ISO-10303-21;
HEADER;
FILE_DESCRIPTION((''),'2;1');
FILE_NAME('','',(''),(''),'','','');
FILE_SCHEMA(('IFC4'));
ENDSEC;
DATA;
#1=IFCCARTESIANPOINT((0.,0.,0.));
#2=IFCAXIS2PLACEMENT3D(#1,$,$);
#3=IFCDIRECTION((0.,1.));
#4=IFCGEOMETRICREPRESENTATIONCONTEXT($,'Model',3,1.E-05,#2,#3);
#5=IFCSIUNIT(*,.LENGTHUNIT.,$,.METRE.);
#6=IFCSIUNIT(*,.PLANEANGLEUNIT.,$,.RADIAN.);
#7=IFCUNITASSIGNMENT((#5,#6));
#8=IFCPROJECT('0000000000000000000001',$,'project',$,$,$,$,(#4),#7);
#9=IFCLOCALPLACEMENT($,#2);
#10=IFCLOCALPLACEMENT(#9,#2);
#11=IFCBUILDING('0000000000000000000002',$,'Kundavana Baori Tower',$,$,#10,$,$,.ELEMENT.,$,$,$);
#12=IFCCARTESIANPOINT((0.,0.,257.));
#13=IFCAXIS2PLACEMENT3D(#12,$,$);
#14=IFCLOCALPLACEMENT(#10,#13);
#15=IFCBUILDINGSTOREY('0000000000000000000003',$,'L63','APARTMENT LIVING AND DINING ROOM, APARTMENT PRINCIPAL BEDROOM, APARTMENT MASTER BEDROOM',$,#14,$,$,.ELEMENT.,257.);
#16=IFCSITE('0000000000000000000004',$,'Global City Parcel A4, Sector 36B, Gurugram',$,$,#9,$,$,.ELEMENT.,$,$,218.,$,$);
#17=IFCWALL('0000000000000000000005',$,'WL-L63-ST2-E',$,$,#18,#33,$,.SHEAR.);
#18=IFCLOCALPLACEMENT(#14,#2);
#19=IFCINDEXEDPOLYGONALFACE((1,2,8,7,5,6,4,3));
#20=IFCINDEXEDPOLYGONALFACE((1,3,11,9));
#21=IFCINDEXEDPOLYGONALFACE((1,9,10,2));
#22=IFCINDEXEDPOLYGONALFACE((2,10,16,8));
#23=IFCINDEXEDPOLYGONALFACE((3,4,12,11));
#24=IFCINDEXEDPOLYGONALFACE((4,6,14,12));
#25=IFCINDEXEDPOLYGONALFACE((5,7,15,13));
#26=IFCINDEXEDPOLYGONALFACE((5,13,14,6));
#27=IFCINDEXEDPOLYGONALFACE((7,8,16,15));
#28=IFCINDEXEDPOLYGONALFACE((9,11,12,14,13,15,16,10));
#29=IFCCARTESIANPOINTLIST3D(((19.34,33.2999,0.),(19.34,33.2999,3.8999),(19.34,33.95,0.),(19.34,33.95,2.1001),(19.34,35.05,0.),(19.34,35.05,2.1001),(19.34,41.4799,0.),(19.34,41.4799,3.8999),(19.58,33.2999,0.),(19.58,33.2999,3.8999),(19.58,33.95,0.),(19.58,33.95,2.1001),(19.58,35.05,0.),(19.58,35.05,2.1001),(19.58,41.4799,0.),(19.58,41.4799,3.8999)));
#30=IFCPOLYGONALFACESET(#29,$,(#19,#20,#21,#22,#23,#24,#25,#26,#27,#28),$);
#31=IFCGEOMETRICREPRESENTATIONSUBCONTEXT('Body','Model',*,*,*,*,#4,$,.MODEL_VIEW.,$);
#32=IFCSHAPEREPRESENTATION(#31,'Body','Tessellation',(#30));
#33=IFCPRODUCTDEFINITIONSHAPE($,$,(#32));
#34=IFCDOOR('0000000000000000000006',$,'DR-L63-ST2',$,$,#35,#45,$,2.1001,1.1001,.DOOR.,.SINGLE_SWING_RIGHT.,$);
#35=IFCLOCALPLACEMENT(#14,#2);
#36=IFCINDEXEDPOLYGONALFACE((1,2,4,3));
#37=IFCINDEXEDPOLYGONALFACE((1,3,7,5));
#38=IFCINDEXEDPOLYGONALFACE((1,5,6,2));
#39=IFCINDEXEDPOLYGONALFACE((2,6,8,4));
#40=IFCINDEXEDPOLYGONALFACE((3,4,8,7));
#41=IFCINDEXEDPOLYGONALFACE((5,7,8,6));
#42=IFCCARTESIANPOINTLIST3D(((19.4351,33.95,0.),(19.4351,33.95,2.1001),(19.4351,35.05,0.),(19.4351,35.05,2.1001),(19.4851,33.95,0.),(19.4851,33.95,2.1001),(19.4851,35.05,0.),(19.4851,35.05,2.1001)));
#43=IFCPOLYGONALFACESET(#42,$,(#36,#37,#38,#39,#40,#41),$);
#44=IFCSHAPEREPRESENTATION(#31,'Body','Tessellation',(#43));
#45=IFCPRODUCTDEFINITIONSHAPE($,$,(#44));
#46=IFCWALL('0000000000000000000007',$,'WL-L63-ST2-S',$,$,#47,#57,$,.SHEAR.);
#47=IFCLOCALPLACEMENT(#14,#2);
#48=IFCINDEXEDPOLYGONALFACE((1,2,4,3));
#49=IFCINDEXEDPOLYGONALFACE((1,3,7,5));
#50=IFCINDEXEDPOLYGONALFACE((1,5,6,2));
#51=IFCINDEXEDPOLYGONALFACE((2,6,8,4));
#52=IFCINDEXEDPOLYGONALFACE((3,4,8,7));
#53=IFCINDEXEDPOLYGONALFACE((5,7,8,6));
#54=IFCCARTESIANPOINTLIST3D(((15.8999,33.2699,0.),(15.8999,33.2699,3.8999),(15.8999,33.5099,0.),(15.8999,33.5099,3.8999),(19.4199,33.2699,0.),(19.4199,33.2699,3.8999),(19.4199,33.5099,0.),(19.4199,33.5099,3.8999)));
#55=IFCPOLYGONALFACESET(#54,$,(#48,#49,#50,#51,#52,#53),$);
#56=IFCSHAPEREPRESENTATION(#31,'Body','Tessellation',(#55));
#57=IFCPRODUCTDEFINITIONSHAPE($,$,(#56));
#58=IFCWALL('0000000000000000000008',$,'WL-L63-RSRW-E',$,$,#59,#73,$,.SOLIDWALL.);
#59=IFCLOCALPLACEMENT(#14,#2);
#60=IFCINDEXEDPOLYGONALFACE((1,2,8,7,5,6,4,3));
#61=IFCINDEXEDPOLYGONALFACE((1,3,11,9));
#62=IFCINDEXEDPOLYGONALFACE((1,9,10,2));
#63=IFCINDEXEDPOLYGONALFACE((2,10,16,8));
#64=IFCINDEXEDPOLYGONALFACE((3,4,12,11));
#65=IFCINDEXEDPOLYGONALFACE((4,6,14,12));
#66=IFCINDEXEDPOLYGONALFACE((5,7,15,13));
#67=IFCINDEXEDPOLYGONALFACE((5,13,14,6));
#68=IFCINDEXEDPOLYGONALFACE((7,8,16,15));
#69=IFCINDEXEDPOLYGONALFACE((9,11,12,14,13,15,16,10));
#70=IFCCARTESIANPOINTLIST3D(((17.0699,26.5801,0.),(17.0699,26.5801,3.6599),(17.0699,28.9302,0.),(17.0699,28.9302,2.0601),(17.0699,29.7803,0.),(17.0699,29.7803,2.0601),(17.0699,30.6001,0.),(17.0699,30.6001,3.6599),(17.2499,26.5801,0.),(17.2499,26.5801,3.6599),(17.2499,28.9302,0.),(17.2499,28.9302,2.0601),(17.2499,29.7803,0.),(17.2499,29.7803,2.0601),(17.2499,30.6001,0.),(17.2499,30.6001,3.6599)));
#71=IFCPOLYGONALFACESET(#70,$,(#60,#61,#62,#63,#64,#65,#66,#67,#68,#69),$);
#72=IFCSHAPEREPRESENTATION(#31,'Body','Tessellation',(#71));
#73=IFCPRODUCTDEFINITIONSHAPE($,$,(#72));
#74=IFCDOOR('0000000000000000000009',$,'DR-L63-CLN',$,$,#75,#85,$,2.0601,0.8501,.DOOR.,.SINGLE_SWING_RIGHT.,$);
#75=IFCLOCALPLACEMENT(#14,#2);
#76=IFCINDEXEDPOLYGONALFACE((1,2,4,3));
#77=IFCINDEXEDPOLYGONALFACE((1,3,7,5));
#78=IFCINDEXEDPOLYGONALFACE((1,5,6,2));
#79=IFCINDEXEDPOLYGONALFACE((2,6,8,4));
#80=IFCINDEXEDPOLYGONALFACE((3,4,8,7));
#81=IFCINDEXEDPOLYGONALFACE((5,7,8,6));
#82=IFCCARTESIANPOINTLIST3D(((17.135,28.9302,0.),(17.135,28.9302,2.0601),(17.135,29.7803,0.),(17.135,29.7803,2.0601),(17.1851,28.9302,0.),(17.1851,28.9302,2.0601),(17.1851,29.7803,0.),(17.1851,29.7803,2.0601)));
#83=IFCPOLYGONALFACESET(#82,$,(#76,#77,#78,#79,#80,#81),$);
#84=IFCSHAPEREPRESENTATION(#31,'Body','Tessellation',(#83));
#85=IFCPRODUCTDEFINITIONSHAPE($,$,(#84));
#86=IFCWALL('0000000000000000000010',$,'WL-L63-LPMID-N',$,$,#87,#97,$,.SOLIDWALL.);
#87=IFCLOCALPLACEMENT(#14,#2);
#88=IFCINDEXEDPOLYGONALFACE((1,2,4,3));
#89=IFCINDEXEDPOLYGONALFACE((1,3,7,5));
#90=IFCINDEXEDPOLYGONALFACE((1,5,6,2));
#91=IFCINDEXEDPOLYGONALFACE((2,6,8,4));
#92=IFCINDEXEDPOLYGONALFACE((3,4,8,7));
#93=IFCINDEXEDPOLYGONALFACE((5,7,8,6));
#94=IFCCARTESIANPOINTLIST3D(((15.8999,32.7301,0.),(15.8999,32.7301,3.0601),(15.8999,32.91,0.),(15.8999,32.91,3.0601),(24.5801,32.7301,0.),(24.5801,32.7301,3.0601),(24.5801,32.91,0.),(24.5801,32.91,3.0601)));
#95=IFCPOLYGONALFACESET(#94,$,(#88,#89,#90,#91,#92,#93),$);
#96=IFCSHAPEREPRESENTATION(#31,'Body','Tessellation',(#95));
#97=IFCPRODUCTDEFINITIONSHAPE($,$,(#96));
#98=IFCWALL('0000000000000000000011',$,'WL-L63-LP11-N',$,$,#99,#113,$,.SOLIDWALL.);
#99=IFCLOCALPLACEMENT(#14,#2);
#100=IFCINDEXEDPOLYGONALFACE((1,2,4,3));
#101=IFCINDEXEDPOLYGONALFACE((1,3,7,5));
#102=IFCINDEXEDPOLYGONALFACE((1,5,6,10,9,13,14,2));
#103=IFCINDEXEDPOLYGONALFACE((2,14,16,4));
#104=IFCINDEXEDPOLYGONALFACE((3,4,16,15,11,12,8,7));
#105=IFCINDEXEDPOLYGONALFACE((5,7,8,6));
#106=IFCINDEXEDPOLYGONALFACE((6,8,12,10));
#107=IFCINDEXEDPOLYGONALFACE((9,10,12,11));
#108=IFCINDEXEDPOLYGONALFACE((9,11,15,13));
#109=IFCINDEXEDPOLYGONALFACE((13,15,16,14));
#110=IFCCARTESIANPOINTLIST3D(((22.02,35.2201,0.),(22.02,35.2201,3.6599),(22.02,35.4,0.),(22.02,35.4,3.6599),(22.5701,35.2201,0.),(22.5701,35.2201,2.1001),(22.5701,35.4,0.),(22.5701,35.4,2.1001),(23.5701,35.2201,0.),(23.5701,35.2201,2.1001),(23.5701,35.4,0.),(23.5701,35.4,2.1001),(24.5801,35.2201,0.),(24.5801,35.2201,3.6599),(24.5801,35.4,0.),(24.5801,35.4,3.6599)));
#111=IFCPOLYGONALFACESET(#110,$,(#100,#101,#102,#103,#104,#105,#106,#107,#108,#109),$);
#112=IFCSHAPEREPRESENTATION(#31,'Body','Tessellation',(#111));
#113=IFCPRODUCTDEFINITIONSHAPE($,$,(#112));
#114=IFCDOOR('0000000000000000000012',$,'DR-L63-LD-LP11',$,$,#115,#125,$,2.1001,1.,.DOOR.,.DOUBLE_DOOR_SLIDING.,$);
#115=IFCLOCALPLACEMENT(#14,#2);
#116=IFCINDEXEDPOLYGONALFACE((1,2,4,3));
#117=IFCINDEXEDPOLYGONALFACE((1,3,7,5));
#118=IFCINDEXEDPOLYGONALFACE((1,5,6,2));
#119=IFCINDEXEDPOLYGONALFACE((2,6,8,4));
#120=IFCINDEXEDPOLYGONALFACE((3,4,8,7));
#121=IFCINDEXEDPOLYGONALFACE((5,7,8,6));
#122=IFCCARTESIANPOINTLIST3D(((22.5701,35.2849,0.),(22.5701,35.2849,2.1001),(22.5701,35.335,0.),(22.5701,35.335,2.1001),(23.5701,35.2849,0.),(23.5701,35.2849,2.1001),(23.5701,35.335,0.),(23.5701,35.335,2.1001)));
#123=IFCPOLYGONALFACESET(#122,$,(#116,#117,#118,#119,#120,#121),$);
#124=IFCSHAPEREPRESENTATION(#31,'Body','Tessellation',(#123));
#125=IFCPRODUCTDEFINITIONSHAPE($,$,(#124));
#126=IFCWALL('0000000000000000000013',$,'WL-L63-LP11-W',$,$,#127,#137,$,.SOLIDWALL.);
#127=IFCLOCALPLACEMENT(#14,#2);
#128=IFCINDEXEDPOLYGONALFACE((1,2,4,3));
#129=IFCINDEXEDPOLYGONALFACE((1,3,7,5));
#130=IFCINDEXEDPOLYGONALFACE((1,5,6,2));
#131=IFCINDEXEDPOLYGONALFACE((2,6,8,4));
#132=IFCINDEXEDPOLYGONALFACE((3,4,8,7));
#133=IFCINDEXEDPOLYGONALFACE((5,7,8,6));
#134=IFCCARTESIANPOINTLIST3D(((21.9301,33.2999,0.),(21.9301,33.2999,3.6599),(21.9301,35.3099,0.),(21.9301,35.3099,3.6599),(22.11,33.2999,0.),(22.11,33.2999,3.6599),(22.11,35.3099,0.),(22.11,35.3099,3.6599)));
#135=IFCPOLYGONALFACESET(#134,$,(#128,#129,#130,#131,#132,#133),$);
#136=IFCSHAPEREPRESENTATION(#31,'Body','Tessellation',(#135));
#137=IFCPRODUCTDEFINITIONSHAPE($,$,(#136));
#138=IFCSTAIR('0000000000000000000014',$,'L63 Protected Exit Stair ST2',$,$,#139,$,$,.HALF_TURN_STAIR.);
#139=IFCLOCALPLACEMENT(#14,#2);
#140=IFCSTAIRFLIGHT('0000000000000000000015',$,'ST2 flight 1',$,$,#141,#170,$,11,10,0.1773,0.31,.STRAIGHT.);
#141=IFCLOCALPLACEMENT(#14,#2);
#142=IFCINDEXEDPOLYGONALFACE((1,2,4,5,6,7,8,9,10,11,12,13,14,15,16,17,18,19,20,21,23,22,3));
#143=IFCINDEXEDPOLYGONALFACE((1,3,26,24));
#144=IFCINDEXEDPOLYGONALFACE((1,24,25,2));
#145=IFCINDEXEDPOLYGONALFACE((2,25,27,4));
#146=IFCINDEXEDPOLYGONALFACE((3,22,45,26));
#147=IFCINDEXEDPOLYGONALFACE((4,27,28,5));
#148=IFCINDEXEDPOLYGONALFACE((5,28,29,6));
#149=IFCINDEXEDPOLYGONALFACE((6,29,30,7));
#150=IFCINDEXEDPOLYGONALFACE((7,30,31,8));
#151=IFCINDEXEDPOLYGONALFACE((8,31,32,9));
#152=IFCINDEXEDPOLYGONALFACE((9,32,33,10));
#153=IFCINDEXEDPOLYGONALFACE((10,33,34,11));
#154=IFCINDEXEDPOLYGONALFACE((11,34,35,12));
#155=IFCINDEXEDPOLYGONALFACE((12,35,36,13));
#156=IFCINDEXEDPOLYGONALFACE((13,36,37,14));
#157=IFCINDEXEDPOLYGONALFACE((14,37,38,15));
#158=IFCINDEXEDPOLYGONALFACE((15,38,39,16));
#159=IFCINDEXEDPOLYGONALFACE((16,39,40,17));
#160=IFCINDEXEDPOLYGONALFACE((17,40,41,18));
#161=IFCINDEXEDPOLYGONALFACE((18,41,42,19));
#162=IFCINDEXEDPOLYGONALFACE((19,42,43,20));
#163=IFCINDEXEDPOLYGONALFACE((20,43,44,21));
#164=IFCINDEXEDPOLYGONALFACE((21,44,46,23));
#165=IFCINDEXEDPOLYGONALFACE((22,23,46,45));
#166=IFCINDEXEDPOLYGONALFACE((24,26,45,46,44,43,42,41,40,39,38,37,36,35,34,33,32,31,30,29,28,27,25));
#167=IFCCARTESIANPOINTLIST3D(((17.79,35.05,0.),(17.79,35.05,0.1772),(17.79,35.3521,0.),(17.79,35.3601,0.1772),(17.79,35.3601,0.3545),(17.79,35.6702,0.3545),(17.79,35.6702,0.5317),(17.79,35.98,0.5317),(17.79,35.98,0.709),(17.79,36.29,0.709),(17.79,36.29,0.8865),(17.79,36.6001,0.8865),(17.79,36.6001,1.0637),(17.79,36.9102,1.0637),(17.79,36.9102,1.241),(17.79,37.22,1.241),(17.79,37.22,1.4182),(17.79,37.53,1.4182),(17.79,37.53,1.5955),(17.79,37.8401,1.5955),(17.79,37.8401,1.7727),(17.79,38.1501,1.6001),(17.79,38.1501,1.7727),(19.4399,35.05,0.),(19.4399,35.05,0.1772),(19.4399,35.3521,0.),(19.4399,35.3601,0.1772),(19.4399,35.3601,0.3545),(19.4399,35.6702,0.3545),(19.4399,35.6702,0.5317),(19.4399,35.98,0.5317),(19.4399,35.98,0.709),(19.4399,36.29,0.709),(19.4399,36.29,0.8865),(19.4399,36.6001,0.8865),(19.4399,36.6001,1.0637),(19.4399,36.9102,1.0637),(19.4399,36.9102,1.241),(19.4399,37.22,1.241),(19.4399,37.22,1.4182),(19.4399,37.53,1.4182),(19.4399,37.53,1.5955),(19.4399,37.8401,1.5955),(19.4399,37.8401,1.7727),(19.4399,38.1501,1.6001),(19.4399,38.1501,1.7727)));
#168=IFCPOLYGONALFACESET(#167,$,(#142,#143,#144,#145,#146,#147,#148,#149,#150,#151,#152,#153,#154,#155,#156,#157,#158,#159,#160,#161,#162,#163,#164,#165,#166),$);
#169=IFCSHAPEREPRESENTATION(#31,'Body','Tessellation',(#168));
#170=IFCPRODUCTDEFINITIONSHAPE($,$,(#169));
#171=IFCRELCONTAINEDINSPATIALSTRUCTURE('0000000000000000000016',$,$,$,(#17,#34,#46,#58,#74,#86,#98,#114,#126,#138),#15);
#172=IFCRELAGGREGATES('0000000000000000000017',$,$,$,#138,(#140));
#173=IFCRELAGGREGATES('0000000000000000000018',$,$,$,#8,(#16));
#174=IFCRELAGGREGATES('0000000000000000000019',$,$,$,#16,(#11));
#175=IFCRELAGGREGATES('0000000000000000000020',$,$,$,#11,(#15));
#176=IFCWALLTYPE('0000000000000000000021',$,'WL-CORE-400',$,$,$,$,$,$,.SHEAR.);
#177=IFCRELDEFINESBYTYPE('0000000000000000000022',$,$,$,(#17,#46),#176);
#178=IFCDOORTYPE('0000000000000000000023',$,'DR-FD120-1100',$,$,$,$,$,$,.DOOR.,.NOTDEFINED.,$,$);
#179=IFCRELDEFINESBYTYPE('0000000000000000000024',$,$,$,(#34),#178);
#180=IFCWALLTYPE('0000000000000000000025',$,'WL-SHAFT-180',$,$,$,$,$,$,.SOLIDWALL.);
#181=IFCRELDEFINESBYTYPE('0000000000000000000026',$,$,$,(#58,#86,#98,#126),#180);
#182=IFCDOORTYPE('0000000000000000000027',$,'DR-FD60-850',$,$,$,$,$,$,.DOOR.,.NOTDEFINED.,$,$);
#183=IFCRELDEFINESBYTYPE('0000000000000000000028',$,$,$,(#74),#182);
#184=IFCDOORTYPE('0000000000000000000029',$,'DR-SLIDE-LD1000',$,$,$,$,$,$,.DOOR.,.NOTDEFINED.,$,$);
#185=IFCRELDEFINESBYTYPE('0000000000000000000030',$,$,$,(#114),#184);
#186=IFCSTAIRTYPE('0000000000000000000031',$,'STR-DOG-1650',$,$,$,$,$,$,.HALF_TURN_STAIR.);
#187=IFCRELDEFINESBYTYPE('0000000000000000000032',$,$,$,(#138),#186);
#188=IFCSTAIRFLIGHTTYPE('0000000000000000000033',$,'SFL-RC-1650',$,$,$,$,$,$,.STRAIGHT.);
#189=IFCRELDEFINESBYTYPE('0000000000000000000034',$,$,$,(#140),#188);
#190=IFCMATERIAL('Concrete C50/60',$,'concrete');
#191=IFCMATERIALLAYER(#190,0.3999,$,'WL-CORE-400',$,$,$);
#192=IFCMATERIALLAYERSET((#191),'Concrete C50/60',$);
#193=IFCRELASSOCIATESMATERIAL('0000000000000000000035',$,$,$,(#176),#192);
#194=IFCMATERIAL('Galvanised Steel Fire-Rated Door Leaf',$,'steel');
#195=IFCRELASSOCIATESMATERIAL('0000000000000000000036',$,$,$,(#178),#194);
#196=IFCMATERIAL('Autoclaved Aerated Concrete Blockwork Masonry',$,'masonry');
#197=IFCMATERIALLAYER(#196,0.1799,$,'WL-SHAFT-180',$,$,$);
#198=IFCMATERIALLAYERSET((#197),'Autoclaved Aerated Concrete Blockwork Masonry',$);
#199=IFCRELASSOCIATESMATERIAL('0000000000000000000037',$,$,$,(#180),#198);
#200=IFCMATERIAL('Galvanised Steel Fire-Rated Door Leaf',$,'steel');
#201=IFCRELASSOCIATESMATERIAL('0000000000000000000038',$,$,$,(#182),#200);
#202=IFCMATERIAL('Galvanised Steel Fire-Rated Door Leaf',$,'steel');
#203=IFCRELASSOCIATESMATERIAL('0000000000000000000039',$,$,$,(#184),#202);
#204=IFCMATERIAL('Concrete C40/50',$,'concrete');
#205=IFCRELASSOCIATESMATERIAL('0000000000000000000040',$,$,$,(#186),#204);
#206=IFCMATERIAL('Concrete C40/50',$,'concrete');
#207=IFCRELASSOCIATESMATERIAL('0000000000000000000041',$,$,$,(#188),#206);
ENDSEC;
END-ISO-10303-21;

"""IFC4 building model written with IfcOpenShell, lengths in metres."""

from ifc_helpers import new_model, si_unit, direction, frame, frame_2d, origin, place, context, subcontext, project, spatial, polyline, rectangle, outline, extrude, material, layer, layer_set, type_object, element, fill, aggregate, save


model = new_model("IFC4")

# Units and contexts
model_context = context("Model", 3, precision=1e-05, world=origin(), true_north=direction((0.0, 1.0)))
body_context = subcontext(model_context, "Body", "Model", "MODEL_VIEW")
ifc_project = project(units=[si_unit("LENGTHUNIT", "METRE"), si_unit("PLANEANGLEUNIT", "RADIAN")], contexts=[model_context])

# Site, building, storey
site_placement = place(None, origin())
site = spatial("IfcSite", under=ifc_project, at=site_placement, Name="Global City Parcel A4, Sector 36B, Gurugram", CompositionType="ELEMENT", RefElevation=218.0)
building_placement = place(site_placement, origin())
building = spatial("IfcBuilding", under=site, at=building_placement, Name="Kundavana Baori Tower", CompositionType="ELEMENT")
storey_placement = place(building_placement, frame((0.0, 0.0, 257.0)))
storey = spatial("IfcBuildingStorey", under=building, at=storey_placement, Name="L63", Description="APARTMENT LIVING AND DINING ROOM, APARTMENT PRINCIPAL BEDROOM, APARTMENT MASTER BEDROOM", CompositionType="ELEMENT", Elevation=257.0)

# Wall, opening, door
ifc_material_1 = material(Name="Concrete C50/60", Category="concrete")
ifc_layer_1 = layer(ifc_material_1, 0.3999, Name="WL-CORE-400")
ifc_layer_set_1 = layer_set([ifc_layer_1], Name="Concrete C50/60")
wall_type_1 = type_object("IfcWallType", Name="WL-CORE-400", PredefinedType="SHEAR", material=ifc_layer_set_1)
wall_1_placement = place(storey_placement, frame((19.46, 33.3, 0.0), z_axis=(0.0, 0.0, 1.0), x_axis=(0.0, 1.0, 0.0)))
wall_1 = element("IfcWall", 1, at=wall_1_placement, inside=storey, type_object=wall_type_1, Name="WL-L63-ST2-E", PredefinedType="SHEAR", context=body_context, shape_type="SweptSolid", body=[
    extrude(rectangle(XDim=8.1799, YDim=0.24, at=frame_2d((4.0898, 0.0))), origin(), (0.0, 0.0, 1.0), 3.8999),
])
opening_1_placement = place(wall_1_placement, frame((0.6499, 0.0, 0.0)))
opening_1 = element("IfcOpeningElement", 2, at=opening_1_placement, cuts=wall_1, PredefinedType="OPENING", context=body_context, shape_type="SweptSolid", body=[
    extrude(rectangle(XDim=1.1001, YDim=2.1001, at=frame_2d((0.55, 1.05))), frame((0.0, 0.1299, 0.0), z_axis=(0.0, -1.0, 0.0), x_axis=(1.0, 0.0, 0.0)), (0.0, 0.0, 1.0), 0.26),
])
ifc_material_2 = material(Name="Galvanised Steel Fire-Rated Door Leaf", Category="steel")
door_type_1 = type_object("IfcDoorType", Name="DR-FD120-1100", OperationType="NOTDEFINED", PredefinedType="DOOR", material=ifc_material_2)
door_1_placement = place(opening_1_placement, origin())
door_1 = element("IfcDoor", 3, at=door_1_placement, inside=storey, type_object=door_type_1, Name="DR-L63-ST2", OperationType="SINGLE_SWING_RIGHT", OverallHeight=2.1001, OverallWidth=1.1001, PredefinedType="DOOR", context=body_context, shape_type="SweptSolid", body=[
    extrude(rectangle(XDim=1.1001, YDim=2.1001, at=frame_2d((0.55, 1.05))), frame((0.0, 0.0249, 0.0), z_axis=(0.0, -1.0, 0.0), x_axis=(1.0, 0.0, 0.0)), (0.0, 0.0, 1.0), 0.05),
])
fill(opening_1, door_1)

# Wall
wall_2_placement = place(storey_placement, frame((15.8999, 33.3899, 0.0), z_axis=(0.0, 0.0, 1.0), x_axis=(1.0, 0.0, 0.0)))
element("IfcWall", 4, at=wall_2_placement, inside=storey, type_object=wall_type_1, Name="WL-L63-ST2-S", PredefinedType="SHEAR", context=body_context, shape_type="SweptSolid", body=[
    extrude(rectangle(XDim=3.52, YDim=0.24, at=frame_2d((1.76, 0.0))), origin(), (0.0, 0.0, 1.0), 3.8999),
])

# Wall, opening, door
ifc_material_3 = material(Name="Autoclaved Aerated Concrete Blockwork Masonry", Category="masonry")
ifc_layer_2 = layer(ifc_material_3, 0.1799, Name="WL-SHAFT-180")
ifc_layer_set_2 = layer_set([ifc_layer_2], Name="Autoclaved Aerated Concrete Blockwork Masonry")
wall_type_2 = type_object("IfcWallType", Name="WL-SHAFT-180", PredefinedType="SOLIDWALL", material=ifc_layer_set_2)
wall_3_placement = place(storey_placement, frame((17.1599, 26.5801, 0.0), z_axis=(0.0, 0.0, 1.0), x_axis=(0.0, 1.0, 0.0)))
wall_3 = element("IfcWall", 5, at=wall_3_placement, inside=storey, type_object=wall_type_2, Name="WL-L63-RSRW-E", PredefinedType="SOLIDWALL", context=body_context, shape_type="SweptSolid", body=[
    extrude(rectangle(XDim=4.02, YDim=0.1799, at=frame_2d((2.01, 0.0))), origin(), (0.0, 0.0, 1.0), 3.6599),
])
opening_2_placement = place(wall_3_placement, frame((2.3501, 0.0, 0.0)))
opening_2 = element("IfcOpeningElement", 6, at=opening_2_placement, cuts=wall_3, PredefinedType="OPENING", context=body_context, shape_type="SweptSolid", body=[
    extrude(rectangle(XDim=0.8501, YDim=2.0601, at=frame_2d((0.425, 1.03))), frame((0.0, 0.1001, 0.0), z_axis=(0.0, -1.0, 0.0), x_axis=(1.0, 0.0, 0.0)), (0.0, 0.0, 1.0), 0.2),
])
ifc_material_4 = material(Name="Galvanised Steel Fire-Rated Door Leaf", Category="steel")
door_type_2 = type_object("IfcDoorType", Name="DR-FD60-850", OperationType="NOTDEFINED", PredefinedType="DOOR", material=ifc_material_4)
door_2_placement = place(opening_2_placement, origin())
door_2 = element("IfcDoor", 7, at=door_2_placement, inside=storey, type_object=door_type_2, Name="DR-L63-CLN", OperationType="SINGLE_SWING_RIGHT", OverallHeight=2.0601, OverallWidth=0.8501, PredefinedType="DOOR", context=body_context, shape_type="SweptSolid", body=[
    extrude(rectangle(XDim=0.8501, YDim=2.0601, at=frame_2d((0.425, 1.03))), frame((0.0, 0.0249, 0.0), z_axis=(0.0, -1.0, 0.0), x_axis=(1.0, 0.0, 0.0)), (0.0, 0.0, 1.0), 0.05),
])
fill(opening_2, door_2)

# Wall
wall_4_placement = place(storey_placement, frame((15.8999, 32.8201, 0.0), z_axis=(0.0, 0.0, 1.0), x_axis=(1.0, 0.0, 0.0)))
element("IfcWall", 8, at=wall_4_placement, inside=storey, type_object=wall_type_2, Name="WL-L63-LPMID-N", PredefinedType="SOLIDWALL", context=body_context, shape_type="SweptSolid", body=[
    extrude(rectangle(XDim=8.6802, YDim=0.1799, at=frame_2d((4.3401, 0.0))), origin(), (0.0, 0.0, 1.0), 3.0601),
])

# Wall, opening, door
wall_5_placement = place(storey_placement, frame((22.02, 35.3101, 0.0), z_axis=(0.0, 0.0, 1.0), x_axis=(1.0, 0.0, 0.0)))
wall_5 = element("IfcWall", 9, at=wall_5_placement, inside=storey, type_object=wall_type_2, Name="WL-L63-LP11-N", PredefinedType="SOLIDWALL", context=body_context, shape_type="SweptSolid", body=[
    extrude(rectangle(XDim=2.5601, YDim=0.1799, at=frame_2d((1.28, 0.0))), origin(), (0.0, 0.0, 1.0), 3.6599),
])
opening_3_placement = place(wall_5_placement, frame((0.55, 0.0, 0.0)))
opening_3 = element("IfcOpeningElement", 10, at=opening_3_placement, cuts=wall_5, PredefinedType="OPENING", context=body_context, shape_type="SweptSolid", body=[
    extrude(rectangle(XDim=1.0, YDim=2.1001, at=frame_2d((0.5, 1.05))), frame((0.0, 0.1001, 0.0), z_axis=(0.0, -1.0, 0.0), x_axis=(1.0, 0.0, 0.0)), (0.0, 0.0, 1.0), 0.2),
])
ifc_material_5 = material(Name="Galvanised Steel Fire-Rated Door Leaf", Category="steel")
door_type_3 = type_object("IfcDoorType", Name="DR-SLIDE-LD1000", OperationType="NOTDEFINED", PredefinedType="DOOR", material=ifc_material_5)
door_3_placement = place(opening_3_placement, origin())
door_3 = element("IfcDoor", 11, at=door_3_placement, inside=storey, type_object=door_type_3, Name="DR-L63-LD-LP11", OperationType="DOUBLE_DOOR_SLIDING", OverallHeight=2.1001, OverallWidth=1.0, PredefinedType="DOOR", context=body_context, shape_type="SweptSolid", body=[
    extrude(rectangle(XDim=1.0, YDim=2.1001, at=frame_2d((0.5, 1.05))), frame((0.0, 0.0249, 0.0), z_axis=(0.0, -1.0, 0.0), x_axis=(1.0, 0.0, 0.0)), (0.0, 0.0, 1.0), 0.05),
])
fill(opening_3, door_3)

# Wall
wall_6_placement = place(storey_placement, frame((22.02, 33.3, 0.0), z_axis=(0.0, 0.0, 1.0), x_axis=(0.0, 1.0, 0.0)))
element("IfcWall", 12, at=wall_6_placement, inside=storey, type_object=wall_type_2, Name="WL-L63-LP11-W", PredefinedType="SOLIDWALL", context=body_context, shape_type="SweptSolid", body=[
    extrude(rectangle(XDim=2.01, YDim=0.1799, at=frame_2d((1.0049, 0.0))), origin(), (0.0, 0.0, 1.0), 3.6599),
])

# Stair, stair flight
ifc_material_6 = material(Name="Concrete C40/50", Category="concrete")
stair_type = type_object("IfcStairType", Name="STR-DOG-1650", PredefinedType="HALF_TURN_STAIR", material=ifc_material_6)
stair_placement = place(storey_placement, origin())
stair = element("IfcStair", 13, at=stair_placement, inside=storey, type_object=stair_type, Name="L63 Protected Exit Stair ST2", PredefinedType="HALF_TURN_STAIR")
ifc_material_7 = material(Name="Concrete C40/50", Category="concrete")
stair_flight_type = type_object("IfcStairFlightType", Name="SFL-RC-1650", PredefinedType="STRAIGHT", material=ifc_material_7)
stair_flight_placement = place(storey_placement, frame((18.615, 35.05, 0.0), z_axis=(0.0, 0.0, 1.0), x_axis=(0.0, 1.0, 0.0)))
stair_flight = element("IfcStairFlight", 14, at=stair_flight_placement, type_object=stair_flight_type, Name="ST2 flight 1", NumberOfRisers=11, NumberOfTreads=10, PredefinedType="STRAIGHT", RiserHeight=0.1773, TreadLength=0.31, context=body_context, shape_type="SweptSolid", body=[
    extrude(outline(polyline([(0.0, 0.0), (0.0, 0.1772), (0.3101, 0.1772), (0.3101, 0.3545), (0.6201, 0.3545), (0.6201, 0.5317), (0.9299, 0.5317), (0.9299, 0.709), (1.24, 0.709), (1.24, 0.8865), (1.55, 0.8865), (1.55, 1.0637), (1.8601, 1.0637), (1.8601, 1.241), (2.1699, 1.241), (2.1699, 1.4182), (2.48, 1.4182), (2.48, 1.5955), (2.79, 1.5955), (2.79, 1.7727), (3.1001, 1.7727), (3.1001, 1.95), (3.1001, 1.6001), (0.302, 0.0), (0.0, 0.0)])), frame((0.0, 0.825, 0.0), z_axis=(0.0, -1.0, 0.0), x_axis=(1.0, 0.0, 0.0)), (0.0, 0.0, 1.0), 1.6499),
])
aggregate(stair, [stair_flight])

save(model, "model.ifc")
